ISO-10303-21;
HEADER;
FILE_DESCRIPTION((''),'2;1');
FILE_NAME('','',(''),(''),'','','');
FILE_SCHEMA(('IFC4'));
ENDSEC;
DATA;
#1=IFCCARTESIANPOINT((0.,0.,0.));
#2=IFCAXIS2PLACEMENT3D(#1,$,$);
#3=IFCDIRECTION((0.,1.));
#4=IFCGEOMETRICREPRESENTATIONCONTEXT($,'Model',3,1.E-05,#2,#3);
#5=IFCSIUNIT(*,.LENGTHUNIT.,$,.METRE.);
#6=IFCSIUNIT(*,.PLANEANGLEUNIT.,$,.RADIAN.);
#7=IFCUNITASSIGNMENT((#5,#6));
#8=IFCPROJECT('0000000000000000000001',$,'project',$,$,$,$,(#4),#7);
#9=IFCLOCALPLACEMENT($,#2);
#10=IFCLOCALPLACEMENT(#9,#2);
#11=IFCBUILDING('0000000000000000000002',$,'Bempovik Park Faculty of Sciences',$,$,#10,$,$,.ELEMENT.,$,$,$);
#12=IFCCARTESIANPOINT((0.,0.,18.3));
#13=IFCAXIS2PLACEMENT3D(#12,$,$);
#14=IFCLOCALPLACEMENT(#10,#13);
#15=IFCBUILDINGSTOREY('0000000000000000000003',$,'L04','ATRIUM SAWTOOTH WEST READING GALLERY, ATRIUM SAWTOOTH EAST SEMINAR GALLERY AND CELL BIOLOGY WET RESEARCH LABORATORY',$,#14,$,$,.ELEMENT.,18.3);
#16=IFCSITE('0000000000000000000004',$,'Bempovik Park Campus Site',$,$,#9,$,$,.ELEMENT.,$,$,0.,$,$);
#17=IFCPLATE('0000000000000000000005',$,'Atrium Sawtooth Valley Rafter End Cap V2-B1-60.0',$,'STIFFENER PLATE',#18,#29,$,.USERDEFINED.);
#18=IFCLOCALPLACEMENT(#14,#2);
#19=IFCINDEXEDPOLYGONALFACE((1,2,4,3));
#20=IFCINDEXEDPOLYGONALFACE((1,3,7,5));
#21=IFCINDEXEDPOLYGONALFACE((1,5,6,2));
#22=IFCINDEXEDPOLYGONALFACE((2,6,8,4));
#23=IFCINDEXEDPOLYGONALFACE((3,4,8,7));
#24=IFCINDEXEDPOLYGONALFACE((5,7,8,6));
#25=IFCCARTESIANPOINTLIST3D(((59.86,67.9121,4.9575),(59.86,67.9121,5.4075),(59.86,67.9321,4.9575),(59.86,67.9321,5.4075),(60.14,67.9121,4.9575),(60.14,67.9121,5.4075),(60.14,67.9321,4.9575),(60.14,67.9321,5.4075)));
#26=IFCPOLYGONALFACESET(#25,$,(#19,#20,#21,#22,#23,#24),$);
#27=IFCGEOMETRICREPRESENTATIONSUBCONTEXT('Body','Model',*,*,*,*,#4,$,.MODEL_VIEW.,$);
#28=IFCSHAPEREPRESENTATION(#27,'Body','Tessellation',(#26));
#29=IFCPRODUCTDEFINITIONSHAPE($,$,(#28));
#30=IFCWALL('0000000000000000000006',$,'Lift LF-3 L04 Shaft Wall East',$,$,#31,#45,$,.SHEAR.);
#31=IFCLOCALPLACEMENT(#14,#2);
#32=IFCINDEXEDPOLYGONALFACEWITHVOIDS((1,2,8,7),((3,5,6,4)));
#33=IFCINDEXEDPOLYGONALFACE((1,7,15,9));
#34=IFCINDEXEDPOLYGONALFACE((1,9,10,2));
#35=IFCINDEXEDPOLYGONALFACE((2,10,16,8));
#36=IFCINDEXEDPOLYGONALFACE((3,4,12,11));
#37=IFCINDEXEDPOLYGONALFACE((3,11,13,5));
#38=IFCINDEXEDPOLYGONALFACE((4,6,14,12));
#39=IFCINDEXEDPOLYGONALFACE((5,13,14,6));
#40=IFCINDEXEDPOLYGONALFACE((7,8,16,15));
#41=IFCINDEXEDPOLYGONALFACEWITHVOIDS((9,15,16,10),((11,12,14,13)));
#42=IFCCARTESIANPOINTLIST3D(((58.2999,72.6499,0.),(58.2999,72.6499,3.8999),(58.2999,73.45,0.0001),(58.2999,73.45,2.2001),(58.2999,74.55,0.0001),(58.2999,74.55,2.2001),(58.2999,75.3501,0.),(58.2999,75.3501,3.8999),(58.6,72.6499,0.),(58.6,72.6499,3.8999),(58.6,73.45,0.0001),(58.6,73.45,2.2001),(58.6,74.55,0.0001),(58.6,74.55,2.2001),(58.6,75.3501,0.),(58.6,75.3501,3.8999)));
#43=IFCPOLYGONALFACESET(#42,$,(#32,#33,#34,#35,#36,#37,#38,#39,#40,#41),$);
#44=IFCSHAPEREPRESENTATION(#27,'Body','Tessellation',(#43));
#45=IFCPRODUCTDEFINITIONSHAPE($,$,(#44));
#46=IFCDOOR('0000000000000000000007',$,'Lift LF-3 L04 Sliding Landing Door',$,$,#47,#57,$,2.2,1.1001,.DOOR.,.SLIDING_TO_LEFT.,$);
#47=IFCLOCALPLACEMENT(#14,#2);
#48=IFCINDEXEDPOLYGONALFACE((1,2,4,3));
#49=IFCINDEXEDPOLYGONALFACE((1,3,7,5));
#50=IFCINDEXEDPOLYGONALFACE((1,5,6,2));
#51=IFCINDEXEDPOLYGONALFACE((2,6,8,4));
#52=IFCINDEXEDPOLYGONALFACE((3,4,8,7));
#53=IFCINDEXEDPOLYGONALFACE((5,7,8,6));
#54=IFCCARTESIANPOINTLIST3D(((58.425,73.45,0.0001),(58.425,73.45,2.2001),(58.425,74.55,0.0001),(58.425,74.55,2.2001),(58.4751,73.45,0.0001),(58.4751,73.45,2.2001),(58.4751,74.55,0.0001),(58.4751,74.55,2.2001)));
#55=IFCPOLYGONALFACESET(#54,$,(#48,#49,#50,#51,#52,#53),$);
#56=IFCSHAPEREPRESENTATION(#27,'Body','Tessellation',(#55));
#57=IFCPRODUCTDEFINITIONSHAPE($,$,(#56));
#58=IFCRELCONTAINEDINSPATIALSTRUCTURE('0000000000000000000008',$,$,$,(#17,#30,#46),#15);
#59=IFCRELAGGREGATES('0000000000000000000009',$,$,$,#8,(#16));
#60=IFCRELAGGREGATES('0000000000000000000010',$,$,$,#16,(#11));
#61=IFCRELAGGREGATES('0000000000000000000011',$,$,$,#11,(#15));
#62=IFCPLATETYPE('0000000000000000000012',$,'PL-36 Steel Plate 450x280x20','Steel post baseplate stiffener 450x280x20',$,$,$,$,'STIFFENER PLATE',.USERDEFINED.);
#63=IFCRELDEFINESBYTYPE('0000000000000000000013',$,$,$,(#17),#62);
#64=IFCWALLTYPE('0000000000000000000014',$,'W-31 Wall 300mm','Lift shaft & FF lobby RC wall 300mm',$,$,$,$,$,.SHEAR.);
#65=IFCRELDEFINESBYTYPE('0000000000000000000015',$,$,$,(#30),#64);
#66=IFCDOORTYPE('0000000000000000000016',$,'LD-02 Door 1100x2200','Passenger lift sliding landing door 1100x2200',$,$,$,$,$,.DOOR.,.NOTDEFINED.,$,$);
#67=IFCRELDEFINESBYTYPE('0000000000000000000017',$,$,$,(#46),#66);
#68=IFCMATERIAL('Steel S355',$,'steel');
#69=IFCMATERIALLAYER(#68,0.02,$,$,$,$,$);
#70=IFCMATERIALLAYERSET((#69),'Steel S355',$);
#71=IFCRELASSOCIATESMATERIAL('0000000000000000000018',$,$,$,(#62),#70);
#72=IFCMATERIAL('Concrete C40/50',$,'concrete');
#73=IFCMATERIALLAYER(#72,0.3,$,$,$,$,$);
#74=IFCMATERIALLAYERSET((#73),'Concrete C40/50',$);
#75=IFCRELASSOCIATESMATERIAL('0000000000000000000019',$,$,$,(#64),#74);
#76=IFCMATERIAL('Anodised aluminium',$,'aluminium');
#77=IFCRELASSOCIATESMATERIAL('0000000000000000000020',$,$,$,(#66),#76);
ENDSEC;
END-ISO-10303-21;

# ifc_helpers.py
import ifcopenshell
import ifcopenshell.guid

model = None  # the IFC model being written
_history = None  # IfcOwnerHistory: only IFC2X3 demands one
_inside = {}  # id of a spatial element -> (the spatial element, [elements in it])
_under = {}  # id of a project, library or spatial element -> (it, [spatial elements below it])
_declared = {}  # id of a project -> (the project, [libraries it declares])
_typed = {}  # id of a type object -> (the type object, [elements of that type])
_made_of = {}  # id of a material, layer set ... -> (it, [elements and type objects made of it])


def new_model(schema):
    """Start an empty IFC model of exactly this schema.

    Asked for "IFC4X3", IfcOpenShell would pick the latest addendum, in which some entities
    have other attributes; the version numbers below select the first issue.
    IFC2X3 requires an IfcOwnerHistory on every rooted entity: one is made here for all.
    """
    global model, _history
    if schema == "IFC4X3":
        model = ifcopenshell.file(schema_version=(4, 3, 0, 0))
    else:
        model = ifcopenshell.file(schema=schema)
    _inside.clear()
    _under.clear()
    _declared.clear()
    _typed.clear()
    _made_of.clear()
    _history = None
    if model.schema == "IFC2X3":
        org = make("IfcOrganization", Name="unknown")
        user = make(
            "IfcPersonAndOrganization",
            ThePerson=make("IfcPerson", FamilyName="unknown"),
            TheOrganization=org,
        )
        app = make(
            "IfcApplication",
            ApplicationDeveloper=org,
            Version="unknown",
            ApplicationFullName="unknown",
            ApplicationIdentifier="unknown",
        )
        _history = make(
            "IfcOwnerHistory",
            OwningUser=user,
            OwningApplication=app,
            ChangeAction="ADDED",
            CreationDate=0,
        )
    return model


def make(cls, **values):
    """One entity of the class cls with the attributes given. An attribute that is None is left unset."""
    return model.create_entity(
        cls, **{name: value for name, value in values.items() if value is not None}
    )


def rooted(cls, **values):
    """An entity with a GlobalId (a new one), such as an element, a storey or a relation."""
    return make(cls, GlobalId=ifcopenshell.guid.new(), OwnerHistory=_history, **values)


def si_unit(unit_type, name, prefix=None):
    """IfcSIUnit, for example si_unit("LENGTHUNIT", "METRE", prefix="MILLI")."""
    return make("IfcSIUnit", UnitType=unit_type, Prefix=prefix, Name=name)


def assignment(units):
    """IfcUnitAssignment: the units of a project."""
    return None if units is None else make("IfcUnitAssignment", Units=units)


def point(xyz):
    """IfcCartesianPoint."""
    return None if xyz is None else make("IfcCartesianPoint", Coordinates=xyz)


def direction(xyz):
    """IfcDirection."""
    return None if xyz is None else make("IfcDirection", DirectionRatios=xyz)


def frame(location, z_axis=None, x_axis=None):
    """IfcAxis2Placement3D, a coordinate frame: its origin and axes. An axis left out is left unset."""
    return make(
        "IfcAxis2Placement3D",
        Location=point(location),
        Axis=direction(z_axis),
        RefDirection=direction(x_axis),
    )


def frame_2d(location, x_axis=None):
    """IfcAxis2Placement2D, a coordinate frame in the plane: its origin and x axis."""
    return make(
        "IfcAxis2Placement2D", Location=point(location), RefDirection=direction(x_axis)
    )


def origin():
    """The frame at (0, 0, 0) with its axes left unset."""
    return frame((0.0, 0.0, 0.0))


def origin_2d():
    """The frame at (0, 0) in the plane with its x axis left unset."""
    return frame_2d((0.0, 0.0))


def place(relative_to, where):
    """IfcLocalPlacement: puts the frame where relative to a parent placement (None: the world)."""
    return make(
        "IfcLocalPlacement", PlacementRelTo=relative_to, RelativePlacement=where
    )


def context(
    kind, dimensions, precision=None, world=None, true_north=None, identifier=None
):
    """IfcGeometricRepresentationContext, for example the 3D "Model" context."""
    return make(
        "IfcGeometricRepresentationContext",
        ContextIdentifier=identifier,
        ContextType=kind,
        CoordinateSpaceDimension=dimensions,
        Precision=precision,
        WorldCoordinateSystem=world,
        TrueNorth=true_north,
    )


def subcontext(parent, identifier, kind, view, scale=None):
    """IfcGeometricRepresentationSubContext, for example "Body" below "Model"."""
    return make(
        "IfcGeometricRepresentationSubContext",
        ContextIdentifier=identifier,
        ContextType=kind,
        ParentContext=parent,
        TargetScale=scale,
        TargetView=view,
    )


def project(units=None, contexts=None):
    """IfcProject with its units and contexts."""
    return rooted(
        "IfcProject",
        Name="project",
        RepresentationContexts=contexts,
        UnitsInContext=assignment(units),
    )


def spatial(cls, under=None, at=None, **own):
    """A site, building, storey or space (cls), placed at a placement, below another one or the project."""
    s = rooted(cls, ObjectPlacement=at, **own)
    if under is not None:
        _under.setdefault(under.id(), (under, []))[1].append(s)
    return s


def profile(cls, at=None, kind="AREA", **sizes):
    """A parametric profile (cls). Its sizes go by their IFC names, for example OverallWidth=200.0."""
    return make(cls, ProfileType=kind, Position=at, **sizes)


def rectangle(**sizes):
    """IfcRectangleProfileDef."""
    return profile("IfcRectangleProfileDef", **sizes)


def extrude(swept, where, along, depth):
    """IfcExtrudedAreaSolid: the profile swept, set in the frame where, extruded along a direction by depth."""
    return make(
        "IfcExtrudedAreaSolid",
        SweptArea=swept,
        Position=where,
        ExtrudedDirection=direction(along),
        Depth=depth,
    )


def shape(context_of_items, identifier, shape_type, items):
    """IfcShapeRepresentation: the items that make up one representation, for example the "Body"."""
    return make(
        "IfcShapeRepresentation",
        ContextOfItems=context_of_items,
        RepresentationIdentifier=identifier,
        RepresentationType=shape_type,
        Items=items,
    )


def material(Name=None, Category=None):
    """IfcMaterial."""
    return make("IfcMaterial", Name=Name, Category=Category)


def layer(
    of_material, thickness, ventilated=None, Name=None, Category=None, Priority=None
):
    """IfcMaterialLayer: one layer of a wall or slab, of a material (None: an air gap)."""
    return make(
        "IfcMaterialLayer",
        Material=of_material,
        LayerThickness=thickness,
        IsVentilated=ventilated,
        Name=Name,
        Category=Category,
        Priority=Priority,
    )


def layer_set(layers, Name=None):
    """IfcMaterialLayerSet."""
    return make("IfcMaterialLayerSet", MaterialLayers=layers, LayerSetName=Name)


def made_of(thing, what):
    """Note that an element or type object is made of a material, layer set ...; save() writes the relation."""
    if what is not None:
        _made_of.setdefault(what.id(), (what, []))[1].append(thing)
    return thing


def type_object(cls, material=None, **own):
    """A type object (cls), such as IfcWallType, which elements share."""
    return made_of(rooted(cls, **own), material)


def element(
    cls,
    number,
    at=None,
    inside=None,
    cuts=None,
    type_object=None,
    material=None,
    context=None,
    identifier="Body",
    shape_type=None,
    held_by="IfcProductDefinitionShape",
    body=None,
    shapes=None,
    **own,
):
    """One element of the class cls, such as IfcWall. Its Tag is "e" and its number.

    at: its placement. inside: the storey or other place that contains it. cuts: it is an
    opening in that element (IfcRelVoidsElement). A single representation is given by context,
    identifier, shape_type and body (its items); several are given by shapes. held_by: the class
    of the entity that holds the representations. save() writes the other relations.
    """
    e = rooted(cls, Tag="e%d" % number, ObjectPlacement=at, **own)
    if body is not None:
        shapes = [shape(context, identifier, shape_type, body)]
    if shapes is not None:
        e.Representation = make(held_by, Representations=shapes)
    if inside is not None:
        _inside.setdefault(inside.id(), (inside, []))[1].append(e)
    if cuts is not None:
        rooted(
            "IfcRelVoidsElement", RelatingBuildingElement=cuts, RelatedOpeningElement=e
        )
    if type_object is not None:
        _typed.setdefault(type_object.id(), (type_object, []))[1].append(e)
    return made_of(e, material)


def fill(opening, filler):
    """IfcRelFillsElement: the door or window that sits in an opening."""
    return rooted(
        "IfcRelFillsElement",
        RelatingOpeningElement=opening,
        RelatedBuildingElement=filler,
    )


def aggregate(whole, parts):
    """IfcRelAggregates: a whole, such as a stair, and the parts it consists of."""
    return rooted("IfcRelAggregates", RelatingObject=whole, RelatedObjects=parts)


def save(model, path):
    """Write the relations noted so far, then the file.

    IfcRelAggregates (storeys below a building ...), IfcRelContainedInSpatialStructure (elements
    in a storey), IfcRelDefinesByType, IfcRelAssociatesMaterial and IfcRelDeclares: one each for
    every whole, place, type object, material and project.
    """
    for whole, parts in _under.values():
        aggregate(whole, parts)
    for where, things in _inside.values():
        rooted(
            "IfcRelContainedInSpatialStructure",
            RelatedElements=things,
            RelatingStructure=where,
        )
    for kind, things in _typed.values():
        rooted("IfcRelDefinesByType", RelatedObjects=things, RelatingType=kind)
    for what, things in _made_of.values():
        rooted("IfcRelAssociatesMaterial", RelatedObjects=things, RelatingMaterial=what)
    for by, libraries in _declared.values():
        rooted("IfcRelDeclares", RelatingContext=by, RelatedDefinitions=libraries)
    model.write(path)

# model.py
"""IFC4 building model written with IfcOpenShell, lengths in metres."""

from ifc_helpers import new_model, si_unit, direction, frame, frame_2d, origin, origin_2d, place, context, subcontext, project, spatial, rectangle, extrude, material, layer, layer_set, type_object, element, fill, save


model = new_model("IFC4")

# Units and contexts
model_context = context("Model", 3, precision=1e-05, world=origin(), true_north=direction((0.0, 1.0)))
body_context = subcontext(model_context, "Body", "Model", "MODEL_VIEW")
ifc_project = project(units=[si_unit("LENGTHUNIT", "METRE"), si_unit("PLANEANGLEUNIT", "RADIAN")], contexts=[model_context])

# Site, building, storey
site_placement = place(None, origin())
site = spatial("IfcSite", under=ifc_project, at=site_placement, Name="Bempovik Park Campus Site", CompositionType="ELEMENT", RefElevation=0.0)
building_placement = place(site_placement, origin())
building = spatial("IfcBuilding", under=site, at=building_placement, Name="Bempovik Park Faculty of Sciences", CompositionType="ELEMENT")
storey_placement = place(building_placement, frame((0.0, 0.0, 18.3)))
storey = spatial("IfcBuildingStorey", under=building, at=storey_placement, Name="L04", Description="ATRIUM SAWTOOTH WEST READING GALLERY, ATRIUM SAWTOOTH EAST SEMINAR GALLERY AND CELL BIOLOGY WET RESEARCH LABORATORY", CompositionType="ELEMENT", Elevation=18.3)

# Shared definitions
ifc_material_1 = material(Name="Concrete C40/50", Category="concrete")
ifc_material_2 = material(Name="Steel S355", Category="steel")

# Plate
ifc_layer_1 = layer(ifc_material_2, 0.02)
ifc_layer_set_1 = layer_set([ifc_layer_1], Name="Steel S355")
plate_type_1 = type_object("IfcPlateType", Name="PL-36 Steel Plate 450x280x20", Description="Steel post baseplate stiffener 450x280x20", ElementType="STIFFENER PLATE", PredefinedType="USERDEFINED", material=ifc_layer_set_1)
plate_1_placement = place(storey_placement, frame((60.0, 67.9221, 4.9575), z_axis=(0.0, 0.0, 1.0), x_axis=(1.0, 0.0, 0.0)))
element("IfcPlate", 1, at=plate_1_placement, inside=storey, type_object=plate_type_1, Name="Atrium Sawtooth Valley Rafter End Cap V2-B1-60.0", ObjectType="STIFFENER PLATE", PredefinedType="USERDEFINED", context=body_context, shape_type="SweptSolid", body=[
    extrude(rectangle(XDim=0.28, YDim=0.02, at=origin_2d()), origin(), (0.0, 0.0, 1.0), 0.45),
])

# Wall, opening, door
ifc_layer_2 = layer(ifc_material_1, 0.3)
ifc_layer_set_2 = layer_set([ifc_layer_2], Name="Concrete C40/50")
wall_type = type_object("IfcWallType", Name="W-31 Wall 300mm", Description="Lift shaft & FF lobby RC wall 300mm", PredefinedType="SHEAR", material=ifc_layer_set_2)
wall_placement = place(storey_placement, frame((58.45, 72.6499, 0.0), z_axis=(0.0, 0.0, 1.0), x_axis=(0.0, 1.0, 0.0)))
wall = element("IfcWall", 2, at=wall_placement, inside=storey, type_object=wall_type, Name="Lift LF-3 L04 Shaft Wall East", PredefinedType="SHEAR", context=body_context, shape_type="SweptSolid", body=[
    extrude(rectangle(XDim=2.7002, YDim=0.3, at=frame_2d((1.3501, 0.0))), origin(), (0.0, 0.0, 1.0), 3.8999),
])
opening_placement = place(wall_placement, frame((0.8, 0.0, 0.0)))
opening = element("IfcOpeningElement", 3, at=opening_placement, cuts=wall, PredefinedType="OPENING", context=body_context, shape_type="SweptSolid", body=[
    extrude(rectangle(XDim=1.1001, YDim=2.2, at=frame_2d((0.55, 1.1001))), frame((0.0, 0.1602, 0.0), z_axis=(0.0, -1.0, 0.0), x_axis=(1.0, 0.0, 0.0)), (0.0, 0.0, 1.0), 0.3201),
])
ifc_material_3 = material(Name="Anodised aluminium", Category="aluminium")
door_type = type_object("IfcDoorType", Name="LD-02 Door 1100x2200", Description="Passenger lift sliding landing door 1100x2200", OperationType="NOTDEFINED", PredefinedType="DOOR", material=ifc_material_3)
door_placement = place(opening_placement, origin())
door = element("IfcDoor", 4, at=door_placement, inside=storey, type_object=door_type, Name="Lift LF-3 L04 Sliding Landing Door", OperationType="SLIDING_TO_LEFT", OverallHeight=2.2, OverallWidth=1.1001, PredefinedType="DOOR", context=body_context, shape_type="SweptSolid", body=[
    extrude(rectangle(XDim=1.1001, YDim=2.2, at=frame_2d((0.55, 1.1001))), frame((0.0, 0.0249, 0.0), z_axis=(0.0, -1.0, 0.0), x_axis=(1.0, 0.0, 0.0)), (0.0, 0.0, 1.0), 0.05),
])
fill(opening, door)

save(model, "model.ifc")
